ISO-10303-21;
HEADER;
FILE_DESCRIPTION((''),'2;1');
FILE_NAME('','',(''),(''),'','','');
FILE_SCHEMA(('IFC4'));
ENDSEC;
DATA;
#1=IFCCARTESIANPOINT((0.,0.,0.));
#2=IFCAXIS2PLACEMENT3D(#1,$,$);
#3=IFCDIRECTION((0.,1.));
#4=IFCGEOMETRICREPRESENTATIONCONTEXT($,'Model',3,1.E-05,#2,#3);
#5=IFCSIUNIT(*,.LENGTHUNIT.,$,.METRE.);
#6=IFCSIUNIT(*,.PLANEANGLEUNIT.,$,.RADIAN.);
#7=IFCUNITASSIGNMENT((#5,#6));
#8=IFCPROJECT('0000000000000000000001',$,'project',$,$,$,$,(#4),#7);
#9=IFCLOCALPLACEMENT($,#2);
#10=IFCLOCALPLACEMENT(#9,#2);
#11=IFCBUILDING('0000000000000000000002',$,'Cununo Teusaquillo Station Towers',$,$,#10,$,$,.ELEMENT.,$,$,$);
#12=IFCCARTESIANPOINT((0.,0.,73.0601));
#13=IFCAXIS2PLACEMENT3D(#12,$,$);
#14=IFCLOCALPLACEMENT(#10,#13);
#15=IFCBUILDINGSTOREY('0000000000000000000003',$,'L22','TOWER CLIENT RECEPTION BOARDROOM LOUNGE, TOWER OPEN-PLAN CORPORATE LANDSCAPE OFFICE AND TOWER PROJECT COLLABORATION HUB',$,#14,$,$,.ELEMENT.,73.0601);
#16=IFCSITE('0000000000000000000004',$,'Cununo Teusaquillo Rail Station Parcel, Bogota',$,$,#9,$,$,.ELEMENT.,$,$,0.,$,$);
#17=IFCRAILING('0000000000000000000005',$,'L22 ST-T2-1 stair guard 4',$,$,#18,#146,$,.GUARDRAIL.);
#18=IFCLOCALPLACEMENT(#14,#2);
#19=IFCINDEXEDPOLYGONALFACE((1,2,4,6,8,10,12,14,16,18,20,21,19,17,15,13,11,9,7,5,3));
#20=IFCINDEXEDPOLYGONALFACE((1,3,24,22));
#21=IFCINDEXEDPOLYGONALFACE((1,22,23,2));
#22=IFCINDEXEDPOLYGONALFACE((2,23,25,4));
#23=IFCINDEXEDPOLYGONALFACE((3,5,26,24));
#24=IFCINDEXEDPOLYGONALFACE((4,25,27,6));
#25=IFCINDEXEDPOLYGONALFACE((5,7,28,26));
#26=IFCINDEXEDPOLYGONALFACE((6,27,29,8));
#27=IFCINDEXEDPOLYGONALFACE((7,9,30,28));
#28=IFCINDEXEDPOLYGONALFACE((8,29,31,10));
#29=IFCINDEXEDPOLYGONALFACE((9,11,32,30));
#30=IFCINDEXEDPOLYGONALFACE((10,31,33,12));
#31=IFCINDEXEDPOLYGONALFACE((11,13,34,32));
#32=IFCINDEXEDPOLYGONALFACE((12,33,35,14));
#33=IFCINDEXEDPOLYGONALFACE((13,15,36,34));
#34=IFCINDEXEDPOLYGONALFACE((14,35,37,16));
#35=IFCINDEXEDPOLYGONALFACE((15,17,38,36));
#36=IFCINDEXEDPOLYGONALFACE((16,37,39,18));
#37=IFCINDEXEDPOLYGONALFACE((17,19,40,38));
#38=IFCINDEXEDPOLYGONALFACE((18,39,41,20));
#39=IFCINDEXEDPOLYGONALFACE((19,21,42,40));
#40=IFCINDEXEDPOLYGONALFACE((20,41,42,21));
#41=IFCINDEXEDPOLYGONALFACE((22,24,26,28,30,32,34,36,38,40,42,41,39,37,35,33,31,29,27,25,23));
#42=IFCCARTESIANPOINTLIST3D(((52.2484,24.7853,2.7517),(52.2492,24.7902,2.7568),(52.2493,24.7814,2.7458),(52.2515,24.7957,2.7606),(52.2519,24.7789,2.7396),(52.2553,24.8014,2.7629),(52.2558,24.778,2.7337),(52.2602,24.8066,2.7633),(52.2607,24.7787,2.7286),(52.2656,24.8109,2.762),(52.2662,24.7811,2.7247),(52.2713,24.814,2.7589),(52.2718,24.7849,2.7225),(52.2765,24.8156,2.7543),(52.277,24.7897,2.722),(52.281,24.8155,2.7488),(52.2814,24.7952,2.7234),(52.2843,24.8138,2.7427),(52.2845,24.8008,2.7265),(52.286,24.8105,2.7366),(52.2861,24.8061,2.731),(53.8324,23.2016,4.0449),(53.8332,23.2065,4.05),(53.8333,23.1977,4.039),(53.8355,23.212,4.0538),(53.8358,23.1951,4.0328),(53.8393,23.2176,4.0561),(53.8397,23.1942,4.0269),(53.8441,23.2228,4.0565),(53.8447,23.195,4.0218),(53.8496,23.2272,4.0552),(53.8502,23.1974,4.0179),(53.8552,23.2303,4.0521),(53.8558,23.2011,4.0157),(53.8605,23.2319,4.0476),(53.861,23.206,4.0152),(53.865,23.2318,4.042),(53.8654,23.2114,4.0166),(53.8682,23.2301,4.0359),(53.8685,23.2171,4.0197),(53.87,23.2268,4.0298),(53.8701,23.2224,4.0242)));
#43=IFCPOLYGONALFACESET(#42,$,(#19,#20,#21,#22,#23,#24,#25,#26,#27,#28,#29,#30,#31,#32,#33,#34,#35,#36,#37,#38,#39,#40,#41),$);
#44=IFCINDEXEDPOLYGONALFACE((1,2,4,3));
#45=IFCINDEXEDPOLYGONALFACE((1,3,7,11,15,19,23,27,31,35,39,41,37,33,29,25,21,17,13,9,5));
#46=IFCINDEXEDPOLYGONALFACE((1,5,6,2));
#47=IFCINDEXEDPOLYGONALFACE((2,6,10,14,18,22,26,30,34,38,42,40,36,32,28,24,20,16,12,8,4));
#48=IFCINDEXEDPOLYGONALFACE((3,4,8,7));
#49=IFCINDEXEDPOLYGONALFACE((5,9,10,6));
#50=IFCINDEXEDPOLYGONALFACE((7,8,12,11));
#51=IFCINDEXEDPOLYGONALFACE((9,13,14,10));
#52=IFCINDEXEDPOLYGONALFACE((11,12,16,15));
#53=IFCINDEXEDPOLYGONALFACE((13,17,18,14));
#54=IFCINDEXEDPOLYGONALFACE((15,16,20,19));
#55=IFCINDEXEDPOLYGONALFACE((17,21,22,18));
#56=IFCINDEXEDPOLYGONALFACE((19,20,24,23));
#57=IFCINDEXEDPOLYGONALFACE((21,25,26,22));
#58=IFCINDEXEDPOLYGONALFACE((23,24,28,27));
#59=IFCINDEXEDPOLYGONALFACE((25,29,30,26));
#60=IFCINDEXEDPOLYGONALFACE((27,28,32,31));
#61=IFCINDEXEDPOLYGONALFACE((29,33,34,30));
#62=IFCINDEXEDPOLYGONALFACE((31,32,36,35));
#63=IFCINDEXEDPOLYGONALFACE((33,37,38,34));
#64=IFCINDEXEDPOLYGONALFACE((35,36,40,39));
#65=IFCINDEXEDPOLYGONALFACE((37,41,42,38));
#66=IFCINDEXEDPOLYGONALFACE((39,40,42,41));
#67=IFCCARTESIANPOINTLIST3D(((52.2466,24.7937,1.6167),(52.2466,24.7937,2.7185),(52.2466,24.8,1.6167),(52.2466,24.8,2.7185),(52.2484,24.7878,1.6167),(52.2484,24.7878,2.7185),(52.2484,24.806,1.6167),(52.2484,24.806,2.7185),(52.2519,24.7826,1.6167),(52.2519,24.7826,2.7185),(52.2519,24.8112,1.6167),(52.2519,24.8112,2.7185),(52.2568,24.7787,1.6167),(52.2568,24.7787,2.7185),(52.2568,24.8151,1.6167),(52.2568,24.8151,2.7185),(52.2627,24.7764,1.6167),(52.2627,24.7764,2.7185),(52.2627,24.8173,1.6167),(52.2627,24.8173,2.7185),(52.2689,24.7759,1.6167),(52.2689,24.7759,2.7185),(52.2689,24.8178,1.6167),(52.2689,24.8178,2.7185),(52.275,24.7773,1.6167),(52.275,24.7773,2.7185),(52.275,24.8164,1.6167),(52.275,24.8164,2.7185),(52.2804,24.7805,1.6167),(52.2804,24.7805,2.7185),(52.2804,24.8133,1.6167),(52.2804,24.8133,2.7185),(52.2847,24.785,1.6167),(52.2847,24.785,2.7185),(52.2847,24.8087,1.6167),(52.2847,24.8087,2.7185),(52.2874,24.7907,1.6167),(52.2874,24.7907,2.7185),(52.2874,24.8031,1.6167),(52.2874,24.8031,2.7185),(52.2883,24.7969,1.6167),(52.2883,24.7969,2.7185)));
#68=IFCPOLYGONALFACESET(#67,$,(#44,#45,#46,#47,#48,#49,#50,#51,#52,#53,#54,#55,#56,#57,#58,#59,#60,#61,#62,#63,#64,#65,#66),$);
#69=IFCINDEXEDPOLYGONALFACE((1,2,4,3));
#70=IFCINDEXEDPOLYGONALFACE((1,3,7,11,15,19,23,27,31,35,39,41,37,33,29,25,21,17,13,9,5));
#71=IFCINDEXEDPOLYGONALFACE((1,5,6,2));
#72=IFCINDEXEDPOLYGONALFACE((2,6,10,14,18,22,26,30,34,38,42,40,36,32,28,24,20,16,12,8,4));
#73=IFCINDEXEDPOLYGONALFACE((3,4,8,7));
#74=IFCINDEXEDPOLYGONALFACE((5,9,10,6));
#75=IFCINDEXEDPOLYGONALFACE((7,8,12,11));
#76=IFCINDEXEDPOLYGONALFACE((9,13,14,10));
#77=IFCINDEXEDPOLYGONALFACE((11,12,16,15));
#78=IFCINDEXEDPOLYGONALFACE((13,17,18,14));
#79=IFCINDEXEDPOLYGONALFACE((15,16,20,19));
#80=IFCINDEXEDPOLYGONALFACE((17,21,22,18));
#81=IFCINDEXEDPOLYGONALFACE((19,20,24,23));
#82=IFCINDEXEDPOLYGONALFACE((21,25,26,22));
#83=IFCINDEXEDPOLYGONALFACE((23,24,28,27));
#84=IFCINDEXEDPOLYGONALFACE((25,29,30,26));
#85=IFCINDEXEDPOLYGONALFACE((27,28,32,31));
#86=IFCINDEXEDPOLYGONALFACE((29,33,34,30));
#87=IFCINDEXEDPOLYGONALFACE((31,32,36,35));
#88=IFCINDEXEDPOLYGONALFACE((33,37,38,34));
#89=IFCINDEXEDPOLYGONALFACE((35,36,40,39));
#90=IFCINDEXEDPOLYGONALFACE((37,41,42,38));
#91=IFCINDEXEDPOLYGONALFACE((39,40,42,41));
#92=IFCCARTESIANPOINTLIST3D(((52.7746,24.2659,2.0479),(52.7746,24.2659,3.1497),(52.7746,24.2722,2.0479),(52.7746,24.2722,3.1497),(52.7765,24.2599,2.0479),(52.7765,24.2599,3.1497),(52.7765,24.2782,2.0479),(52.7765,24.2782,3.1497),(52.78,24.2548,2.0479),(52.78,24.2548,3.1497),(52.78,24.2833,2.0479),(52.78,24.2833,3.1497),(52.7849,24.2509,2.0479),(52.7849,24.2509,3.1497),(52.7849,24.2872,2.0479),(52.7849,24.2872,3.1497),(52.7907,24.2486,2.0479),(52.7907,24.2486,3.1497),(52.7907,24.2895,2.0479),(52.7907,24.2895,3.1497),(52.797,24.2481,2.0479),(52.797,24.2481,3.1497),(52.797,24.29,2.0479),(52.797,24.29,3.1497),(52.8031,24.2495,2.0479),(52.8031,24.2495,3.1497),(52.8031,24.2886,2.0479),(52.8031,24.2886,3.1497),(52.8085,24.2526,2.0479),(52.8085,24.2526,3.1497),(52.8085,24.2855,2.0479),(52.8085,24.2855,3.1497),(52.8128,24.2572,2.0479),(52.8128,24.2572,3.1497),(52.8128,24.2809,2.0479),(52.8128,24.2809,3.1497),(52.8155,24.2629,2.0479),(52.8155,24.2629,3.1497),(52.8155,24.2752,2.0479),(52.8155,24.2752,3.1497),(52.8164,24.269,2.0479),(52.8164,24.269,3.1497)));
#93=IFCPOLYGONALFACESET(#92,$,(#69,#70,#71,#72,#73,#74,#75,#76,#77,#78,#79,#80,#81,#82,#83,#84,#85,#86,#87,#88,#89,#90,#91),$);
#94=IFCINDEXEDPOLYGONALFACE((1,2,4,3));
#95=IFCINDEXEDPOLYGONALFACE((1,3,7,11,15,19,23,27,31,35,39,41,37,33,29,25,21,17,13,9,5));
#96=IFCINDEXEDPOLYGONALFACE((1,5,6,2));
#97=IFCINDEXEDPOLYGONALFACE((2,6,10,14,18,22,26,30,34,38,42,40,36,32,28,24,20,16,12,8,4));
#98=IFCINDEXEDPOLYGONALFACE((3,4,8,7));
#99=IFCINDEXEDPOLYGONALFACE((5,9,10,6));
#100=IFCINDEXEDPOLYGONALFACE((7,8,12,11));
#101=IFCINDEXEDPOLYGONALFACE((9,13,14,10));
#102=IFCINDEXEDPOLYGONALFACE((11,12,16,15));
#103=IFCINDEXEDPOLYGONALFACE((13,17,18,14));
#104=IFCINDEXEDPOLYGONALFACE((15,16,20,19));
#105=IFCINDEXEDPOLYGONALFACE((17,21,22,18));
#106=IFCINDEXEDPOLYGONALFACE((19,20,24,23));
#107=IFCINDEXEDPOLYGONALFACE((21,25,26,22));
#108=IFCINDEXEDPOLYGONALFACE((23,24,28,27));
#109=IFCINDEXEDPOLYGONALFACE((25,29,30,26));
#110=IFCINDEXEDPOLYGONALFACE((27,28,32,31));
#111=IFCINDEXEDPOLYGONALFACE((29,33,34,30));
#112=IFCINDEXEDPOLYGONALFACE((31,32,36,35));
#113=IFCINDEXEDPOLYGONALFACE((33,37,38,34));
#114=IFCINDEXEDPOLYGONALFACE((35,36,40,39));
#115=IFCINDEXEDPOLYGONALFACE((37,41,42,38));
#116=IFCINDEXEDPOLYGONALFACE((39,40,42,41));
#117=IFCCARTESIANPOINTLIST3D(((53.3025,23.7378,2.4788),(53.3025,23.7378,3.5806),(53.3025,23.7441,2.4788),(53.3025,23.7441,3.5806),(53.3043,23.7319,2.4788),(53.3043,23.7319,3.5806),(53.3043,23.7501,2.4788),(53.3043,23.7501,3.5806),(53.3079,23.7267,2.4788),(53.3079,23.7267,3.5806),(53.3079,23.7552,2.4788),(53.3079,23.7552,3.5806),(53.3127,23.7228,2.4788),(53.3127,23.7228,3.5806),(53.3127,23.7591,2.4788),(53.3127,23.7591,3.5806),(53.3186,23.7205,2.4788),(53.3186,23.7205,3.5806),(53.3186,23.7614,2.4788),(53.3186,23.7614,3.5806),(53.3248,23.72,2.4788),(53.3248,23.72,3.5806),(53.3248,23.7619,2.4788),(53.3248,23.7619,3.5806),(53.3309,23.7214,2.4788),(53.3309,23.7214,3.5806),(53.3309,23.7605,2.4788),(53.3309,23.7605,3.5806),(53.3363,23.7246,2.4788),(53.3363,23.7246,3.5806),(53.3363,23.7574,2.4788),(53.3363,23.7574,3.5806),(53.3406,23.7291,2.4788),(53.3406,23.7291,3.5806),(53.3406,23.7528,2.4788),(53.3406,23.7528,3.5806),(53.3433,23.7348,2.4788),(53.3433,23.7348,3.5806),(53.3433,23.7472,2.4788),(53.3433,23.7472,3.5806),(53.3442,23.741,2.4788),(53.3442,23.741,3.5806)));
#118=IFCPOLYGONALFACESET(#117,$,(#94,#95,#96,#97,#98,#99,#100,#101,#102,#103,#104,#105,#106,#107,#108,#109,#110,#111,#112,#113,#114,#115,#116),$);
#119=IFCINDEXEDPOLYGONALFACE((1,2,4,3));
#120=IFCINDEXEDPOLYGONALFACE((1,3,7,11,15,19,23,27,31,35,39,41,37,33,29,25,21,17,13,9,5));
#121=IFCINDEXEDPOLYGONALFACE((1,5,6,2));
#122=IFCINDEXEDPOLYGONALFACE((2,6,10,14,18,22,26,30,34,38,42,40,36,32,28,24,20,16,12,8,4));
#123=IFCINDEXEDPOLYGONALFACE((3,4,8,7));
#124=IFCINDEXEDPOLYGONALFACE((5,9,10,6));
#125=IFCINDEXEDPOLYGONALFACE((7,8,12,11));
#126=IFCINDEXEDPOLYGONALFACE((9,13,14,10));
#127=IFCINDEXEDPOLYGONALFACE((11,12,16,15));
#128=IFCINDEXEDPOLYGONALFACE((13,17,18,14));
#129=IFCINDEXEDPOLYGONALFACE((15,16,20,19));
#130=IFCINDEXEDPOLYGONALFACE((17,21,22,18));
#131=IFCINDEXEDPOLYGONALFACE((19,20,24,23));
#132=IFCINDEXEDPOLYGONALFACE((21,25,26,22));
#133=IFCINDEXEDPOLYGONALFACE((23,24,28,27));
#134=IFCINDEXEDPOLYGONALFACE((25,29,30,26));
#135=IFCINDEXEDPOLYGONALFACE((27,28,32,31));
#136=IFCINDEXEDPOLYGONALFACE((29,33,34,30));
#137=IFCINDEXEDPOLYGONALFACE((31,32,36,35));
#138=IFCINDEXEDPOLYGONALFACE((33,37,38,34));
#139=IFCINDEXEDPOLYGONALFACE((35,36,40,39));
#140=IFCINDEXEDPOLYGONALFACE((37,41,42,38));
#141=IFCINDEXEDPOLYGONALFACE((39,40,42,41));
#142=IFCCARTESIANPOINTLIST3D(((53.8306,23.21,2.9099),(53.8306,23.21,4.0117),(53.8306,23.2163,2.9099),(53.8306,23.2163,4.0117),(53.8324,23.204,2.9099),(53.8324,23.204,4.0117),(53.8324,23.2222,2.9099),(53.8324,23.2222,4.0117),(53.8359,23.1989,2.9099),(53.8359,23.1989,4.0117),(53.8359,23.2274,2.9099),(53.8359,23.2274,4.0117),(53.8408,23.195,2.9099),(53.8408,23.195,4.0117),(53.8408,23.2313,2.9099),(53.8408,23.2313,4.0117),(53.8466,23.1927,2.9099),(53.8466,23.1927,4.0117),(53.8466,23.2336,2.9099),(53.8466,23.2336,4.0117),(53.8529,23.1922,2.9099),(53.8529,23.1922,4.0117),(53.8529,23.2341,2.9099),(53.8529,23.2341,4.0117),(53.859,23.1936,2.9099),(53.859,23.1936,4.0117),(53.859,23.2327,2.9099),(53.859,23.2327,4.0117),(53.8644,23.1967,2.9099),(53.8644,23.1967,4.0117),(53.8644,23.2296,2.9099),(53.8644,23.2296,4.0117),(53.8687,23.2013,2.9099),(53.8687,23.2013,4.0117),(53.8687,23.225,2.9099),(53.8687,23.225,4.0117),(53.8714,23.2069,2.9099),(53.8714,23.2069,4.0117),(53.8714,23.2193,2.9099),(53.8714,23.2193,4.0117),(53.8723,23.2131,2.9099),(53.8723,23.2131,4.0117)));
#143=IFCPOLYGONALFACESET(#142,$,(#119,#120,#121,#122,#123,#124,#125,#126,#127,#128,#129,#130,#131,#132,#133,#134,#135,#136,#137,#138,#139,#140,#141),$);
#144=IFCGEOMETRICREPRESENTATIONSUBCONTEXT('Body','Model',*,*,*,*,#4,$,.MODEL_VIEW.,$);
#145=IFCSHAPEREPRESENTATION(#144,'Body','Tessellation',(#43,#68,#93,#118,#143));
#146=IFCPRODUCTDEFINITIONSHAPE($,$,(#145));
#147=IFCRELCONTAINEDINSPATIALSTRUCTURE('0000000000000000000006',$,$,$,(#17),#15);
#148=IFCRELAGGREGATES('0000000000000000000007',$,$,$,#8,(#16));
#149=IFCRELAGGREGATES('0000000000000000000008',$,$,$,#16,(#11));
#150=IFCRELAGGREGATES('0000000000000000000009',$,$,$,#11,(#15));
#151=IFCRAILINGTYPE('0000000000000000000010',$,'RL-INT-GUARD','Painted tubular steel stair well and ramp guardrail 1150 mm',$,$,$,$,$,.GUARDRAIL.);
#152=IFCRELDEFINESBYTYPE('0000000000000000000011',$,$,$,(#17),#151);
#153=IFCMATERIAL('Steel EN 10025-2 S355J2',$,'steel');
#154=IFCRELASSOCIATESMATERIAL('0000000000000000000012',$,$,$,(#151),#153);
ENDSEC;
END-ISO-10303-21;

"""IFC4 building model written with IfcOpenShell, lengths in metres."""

from ifc_helpers import new_model, si_unit, direction, frame, origin, origin_2d, place, context, subcontext, project, spatial, circle, extrude, material, type_object, element, save


model = new_model("IFC4")

# Units and contexts
model_context = context("Model", 3, precision=1e-05, world=origin(), true_north=direction((0.0, 1.0)))
body_context = subcontext(model_context, "Body", "Model", "MODEL_VIEW")
ifc_project = project(units=[si_unit("LENGTHUNIT", "METRE"), si_unit("PLANEANGLEUNIT", "RADIAN")], contexts=[model_context])

# Site, building, storey
site_placement = place(None, origin())
site = spatial("IfcSite", under=ifc_project, at=site_placement, Name="Cununo Teusaquillo Rail Station Parcel, Bogota", CompositionType="ELEMENT", RefElevation=0.0)
building_placement = place(site_placement, origin())
building = spatial("IfcBuilding", under=site, at=building_placement, Name="Cununo Teusaquillo Station Towers", CompositionType="ELEMENT")
storey_placement = place(building_placement, frame((0.0, 0.0, 73.0601)))
storey = spatial("IfcBuildingStorey", under=building, at=storey_placement, Name="L22", Description="TOWER CLIENT RECEPTION BOARDROOM LOUNGE, TOWER OPEN-PLAN CORPORATE LANDSCAPE OFFICE AND TOWER PROJECT COLLABORATION HUB", CompositionType="ELEMENT", Elevation=73.0601)

# Railing
ifc_material_1 = material(Name="Steel EN 10025-2 S355J2", Category="steel")
railing_type_1 = type_object("IfcRailingType", Name="RL-INT-GUARD", Description="Painted tubular steel stair well and ramp guardrail 1150 mm", PredefinedType="GUARDRAIL", material=ifc_material_1)
railing_1_placement = place(storey_placement, frame((52.2673, 24.7969, 1.6167)))
element("IfcRailing", 1, at=railing_1_placement, inside=storey, type_object=railing_type_1, Name="L22 ST-T2-1 stair guard 4", PredefinedType="GUARDRAIL", context=body_context, shape_type="SweptSolid", body=[
    extrude(circle(Radius=0.0239, at=origin_2d()), frame((0.0, 0.0, 1.126), z_axis=(0.61242, -0.612326, 0.499998), x_axis=(0.707052, 0.707161, 0.0)), (0.0, 0.0, 1.0), 2.5864),
    extrude(circle(Radius=0.021, at=origin_2d()), origin(), (0.0, 0.0, 1.0), 1.1018),
    extrude(circle(Radius=0.021, at=origin_2d()), frame((0.5281, -0.5278, 0.4312)), (0.0, 0.0, 1.0), 1.1018),
    extrude(circle(Radius=0.021, at=origin_2d()), frame((1.0559, -1.0559, 0.8621)), (0.0, 0.0, 1.0), 1.1018),
    extrude(circle(Radius=0.021, at=origin_2d()), frame((1.584, -1.5837, 1.2932)), (0.0, 0.0, 1.0), 1.1018),
])

save(model, "model.ifc")
